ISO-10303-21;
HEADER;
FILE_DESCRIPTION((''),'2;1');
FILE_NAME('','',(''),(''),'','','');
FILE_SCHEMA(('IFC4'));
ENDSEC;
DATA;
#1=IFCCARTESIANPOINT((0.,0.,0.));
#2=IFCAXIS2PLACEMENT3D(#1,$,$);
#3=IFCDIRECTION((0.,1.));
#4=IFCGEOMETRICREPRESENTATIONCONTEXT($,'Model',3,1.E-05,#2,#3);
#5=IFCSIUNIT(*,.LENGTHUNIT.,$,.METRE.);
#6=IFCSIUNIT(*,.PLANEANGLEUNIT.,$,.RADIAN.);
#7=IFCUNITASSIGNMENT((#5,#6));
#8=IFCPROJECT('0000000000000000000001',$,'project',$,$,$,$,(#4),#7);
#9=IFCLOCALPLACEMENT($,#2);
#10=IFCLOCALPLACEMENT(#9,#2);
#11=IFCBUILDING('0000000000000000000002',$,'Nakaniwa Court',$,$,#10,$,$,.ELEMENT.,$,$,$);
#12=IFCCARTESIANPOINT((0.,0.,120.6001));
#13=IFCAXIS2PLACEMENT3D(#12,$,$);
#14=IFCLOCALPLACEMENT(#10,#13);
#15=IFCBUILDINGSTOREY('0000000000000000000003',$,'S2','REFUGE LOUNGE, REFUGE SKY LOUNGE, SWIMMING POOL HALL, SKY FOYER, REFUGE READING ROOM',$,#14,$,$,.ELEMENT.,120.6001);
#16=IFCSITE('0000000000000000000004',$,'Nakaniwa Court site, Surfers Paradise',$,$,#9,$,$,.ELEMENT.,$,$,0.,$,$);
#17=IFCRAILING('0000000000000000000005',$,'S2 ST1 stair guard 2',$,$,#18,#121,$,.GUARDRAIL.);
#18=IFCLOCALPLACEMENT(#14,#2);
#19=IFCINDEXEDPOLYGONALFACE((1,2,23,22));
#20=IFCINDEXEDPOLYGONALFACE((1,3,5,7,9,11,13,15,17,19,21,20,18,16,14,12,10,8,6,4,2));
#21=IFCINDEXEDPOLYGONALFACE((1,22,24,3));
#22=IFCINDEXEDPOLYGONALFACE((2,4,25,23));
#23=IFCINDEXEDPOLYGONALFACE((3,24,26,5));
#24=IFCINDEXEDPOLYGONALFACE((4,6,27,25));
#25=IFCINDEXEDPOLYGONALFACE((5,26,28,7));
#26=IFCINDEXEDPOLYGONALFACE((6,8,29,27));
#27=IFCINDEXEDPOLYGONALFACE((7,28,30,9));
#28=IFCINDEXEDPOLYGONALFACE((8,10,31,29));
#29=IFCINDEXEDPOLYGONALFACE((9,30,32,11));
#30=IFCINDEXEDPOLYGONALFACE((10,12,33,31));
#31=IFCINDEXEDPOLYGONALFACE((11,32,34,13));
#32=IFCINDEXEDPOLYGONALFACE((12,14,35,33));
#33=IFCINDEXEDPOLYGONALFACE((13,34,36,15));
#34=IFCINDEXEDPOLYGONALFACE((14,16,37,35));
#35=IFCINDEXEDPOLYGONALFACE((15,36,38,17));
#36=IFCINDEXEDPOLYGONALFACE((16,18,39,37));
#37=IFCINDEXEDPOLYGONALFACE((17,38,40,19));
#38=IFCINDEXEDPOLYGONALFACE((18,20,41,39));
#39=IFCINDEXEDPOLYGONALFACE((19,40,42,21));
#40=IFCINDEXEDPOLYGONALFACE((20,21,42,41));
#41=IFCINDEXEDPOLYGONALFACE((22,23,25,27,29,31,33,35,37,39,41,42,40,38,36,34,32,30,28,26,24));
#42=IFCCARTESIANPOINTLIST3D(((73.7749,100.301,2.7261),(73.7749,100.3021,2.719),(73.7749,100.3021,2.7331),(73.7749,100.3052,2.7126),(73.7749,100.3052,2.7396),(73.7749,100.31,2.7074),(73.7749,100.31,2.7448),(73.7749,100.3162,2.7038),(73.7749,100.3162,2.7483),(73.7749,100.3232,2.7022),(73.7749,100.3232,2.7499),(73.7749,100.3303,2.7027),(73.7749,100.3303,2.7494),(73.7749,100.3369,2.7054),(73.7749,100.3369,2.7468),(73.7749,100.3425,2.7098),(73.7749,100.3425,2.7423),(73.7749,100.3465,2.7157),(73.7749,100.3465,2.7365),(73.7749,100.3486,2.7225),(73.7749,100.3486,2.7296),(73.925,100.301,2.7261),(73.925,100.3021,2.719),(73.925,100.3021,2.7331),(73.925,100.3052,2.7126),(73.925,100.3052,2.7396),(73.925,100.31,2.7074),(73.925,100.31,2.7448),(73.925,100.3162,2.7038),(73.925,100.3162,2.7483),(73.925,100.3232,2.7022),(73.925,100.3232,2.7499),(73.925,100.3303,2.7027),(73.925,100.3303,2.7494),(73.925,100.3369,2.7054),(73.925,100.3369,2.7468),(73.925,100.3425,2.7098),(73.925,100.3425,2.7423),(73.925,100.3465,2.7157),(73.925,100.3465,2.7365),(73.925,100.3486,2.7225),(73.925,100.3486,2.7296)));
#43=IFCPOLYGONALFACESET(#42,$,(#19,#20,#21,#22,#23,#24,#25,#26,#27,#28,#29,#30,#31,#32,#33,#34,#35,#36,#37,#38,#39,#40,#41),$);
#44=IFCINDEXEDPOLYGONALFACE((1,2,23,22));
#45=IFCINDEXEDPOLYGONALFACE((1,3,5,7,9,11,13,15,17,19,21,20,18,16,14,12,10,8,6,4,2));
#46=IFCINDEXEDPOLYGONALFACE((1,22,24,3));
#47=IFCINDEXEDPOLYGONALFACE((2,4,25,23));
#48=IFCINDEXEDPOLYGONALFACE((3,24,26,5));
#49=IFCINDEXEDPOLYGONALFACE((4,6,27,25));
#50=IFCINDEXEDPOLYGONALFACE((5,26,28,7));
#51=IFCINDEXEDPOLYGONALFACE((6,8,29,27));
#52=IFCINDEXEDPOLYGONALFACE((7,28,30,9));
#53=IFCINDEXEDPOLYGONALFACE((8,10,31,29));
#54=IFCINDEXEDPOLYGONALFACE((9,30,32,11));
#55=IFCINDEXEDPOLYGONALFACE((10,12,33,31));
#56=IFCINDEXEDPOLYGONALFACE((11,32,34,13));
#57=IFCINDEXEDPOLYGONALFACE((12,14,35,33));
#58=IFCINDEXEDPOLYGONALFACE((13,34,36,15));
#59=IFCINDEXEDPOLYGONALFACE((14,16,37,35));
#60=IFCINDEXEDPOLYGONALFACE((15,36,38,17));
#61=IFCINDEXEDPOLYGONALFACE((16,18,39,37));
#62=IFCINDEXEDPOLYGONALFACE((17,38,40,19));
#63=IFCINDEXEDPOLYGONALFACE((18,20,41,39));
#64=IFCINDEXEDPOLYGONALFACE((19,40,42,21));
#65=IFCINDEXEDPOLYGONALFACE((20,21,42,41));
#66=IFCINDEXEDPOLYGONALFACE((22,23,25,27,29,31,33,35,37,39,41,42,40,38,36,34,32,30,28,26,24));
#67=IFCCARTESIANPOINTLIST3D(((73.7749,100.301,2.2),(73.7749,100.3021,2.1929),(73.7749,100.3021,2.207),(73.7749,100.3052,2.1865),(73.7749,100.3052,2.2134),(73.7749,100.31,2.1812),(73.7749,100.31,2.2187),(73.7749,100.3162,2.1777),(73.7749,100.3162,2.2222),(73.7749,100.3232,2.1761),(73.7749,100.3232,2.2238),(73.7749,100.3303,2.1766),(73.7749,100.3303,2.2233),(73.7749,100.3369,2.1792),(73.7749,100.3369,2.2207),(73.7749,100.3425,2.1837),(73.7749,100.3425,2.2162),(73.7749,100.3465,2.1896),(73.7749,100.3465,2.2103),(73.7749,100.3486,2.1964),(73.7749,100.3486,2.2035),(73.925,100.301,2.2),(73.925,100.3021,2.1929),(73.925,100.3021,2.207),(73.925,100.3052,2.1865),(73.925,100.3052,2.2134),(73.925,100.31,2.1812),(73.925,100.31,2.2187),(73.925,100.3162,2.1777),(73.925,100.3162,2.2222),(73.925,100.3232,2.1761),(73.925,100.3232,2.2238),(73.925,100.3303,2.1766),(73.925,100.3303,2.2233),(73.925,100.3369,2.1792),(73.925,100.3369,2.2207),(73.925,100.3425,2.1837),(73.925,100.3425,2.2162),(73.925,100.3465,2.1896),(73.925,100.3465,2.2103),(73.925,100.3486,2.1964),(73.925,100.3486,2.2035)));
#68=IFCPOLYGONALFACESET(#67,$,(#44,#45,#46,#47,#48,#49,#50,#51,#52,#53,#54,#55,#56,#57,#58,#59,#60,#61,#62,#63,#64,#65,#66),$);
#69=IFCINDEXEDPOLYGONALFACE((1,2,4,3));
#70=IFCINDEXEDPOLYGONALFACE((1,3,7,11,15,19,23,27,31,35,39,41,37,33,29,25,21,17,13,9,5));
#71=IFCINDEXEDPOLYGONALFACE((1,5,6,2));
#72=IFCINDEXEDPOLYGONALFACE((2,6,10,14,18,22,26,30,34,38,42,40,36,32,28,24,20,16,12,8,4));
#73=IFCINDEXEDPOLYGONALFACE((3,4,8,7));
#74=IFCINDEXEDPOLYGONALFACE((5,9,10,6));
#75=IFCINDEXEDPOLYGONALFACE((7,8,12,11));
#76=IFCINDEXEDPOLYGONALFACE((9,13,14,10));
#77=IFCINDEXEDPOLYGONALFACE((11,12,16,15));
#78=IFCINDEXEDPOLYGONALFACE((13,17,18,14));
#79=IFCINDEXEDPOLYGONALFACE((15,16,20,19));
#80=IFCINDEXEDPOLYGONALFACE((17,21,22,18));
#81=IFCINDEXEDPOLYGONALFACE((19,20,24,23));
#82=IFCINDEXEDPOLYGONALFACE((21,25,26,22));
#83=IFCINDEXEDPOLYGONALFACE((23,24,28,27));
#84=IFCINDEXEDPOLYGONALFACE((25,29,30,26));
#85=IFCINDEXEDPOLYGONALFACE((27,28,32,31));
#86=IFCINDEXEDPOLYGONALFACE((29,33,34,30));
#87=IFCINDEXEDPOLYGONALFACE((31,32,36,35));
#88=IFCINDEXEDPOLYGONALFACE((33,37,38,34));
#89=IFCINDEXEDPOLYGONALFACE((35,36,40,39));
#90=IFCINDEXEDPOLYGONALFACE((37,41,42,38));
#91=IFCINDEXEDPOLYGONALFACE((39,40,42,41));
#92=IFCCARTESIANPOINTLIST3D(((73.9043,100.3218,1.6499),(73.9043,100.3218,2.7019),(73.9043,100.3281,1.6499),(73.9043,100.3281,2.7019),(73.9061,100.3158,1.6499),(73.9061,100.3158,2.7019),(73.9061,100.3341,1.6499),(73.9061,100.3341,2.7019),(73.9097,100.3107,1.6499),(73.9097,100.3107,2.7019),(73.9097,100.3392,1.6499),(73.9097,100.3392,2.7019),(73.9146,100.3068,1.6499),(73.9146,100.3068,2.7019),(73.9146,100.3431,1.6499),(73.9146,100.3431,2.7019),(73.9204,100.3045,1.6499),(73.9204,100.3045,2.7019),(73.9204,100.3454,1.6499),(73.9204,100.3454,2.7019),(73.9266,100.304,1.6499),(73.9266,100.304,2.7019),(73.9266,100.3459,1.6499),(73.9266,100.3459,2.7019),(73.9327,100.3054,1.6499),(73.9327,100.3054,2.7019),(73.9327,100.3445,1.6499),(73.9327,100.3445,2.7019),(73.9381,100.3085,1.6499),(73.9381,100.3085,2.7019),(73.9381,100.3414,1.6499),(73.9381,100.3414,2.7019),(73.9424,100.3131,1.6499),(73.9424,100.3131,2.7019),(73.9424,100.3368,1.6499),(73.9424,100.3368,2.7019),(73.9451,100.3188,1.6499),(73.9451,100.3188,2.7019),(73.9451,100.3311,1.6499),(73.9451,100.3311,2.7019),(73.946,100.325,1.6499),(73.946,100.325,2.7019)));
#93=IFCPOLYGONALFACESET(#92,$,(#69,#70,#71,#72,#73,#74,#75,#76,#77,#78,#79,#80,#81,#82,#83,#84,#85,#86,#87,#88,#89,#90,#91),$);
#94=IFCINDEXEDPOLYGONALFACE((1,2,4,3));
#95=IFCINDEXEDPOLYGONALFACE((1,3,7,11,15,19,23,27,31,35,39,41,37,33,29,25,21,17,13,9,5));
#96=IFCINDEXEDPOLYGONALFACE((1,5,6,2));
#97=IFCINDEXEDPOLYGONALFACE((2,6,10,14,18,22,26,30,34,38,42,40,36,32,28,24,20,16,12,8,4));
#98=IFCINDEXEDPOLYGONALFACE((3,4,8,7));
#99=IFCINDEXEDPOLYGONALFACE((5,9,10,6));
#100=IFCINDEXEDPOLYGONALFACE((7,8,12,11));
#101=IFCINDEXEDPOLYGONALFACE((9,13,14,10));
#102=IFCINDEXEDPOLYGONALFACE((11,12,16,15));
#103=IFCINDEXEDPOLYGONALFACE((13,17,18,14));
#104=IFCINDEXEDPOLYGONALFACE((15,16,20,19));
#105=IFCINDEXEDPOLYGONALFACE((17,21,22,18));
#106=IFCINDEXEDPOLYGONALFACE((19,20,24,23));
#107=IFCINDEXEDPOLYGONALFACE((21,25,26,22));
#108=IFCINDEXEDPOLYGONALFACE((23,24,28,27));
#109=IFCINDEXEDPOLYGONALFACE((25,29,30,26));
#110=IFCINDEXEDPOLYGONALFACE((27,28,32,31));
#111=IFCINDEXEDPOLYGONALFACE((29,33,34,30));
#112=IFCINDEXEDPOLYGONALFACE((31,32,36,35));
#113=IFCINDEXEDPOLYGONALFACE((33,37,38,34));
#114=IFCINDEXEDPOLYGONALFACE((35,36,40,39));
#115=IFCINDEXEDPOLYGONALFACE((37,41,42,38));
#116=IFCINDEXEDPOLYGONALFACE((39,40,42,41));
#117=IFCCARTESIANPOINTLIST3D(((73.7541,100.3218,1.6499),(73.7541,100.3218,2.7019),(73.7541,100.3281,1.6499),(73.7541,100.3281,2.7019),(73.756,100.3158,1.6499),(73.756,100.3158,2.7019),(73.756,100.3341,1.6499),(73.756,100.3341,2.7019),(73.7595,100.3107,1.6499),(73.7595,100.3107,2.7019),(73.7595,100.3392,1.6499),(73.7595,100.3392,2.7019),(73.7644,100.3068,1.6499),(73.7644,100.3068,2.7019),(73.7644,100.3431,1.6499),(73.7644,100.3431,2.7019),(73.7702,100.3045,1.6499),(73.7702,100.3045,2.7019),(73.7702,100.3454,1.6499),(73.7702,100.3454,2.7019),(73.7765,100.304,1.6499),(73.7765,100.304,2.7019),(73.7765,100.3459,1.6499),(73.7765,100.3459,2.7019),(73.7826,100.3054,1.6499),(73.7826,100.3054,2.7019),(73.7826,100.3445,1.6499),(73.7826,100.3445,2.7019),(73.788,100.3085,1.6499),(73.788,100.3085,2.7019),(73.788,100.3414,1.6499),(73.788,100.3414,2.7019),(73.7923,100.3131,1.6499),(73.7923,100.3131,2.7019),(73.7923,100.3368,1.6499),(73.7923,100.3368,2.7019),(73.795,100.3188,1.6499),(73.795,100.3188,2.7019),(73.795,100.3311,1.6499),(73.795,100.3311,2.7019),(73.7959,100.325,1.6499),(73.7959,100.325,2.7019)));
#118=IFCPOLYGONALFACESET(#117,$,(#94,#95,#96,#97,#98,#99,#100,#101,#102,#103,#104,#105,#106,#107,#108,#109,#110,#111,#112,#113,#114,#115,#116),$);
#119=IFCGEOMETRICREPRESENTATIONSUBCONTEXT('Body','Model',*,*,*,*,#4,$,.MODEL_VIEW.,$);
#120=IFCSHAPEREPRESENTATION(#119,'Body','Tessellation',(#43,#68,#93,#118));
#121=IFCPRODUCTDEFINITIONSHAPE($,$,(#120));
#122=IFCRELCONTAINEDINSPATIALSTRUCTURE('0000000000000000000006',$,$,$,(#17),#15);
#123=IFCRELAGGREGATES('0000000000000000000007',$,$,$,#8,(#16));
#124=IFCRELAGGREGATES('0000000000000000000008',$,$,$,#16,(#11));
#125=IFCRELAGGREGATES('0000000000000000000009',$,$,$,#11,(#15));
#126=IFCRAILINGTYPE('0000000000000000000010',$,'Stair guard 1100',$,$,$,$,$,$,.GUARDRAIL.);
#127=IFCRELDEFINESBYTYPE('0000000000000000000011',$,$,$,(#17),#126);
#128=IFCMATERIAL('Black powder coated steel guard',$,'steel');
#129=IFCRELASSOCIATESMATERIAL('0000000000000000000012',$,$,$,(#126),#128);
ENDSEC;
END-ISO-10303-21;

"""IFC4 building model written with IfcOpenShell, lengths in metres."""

from ifc_helpers import new_model, si_unit, direction, frame, origin, origin_2d, place, context, subcontext, project, spatial, circle, extrude, material, type_object, element, save


model = new_model("IFC4")

# Units and contexts
model_context = context("Model", 3, precision=1e-05, world=origin(), true_north=direction((0.0, 1.0)))
body_context = subcontext(model_context, "Body", "Model", "MODEL_VIEW")
ifc_project = project(units=[si_unit("LENGTHUNIT", "METRE"), si_unit("PLANEANGLEUNIT", "RADIAN")], contexts=[model_context])

# Site, building, storey
site_placement = place(None, origin())
site = spatial("IfcSite", under=ifc_project, at=site_placement, Name="Nakaniwa Court site, Surfers Paradise", CompositionType="ELEMENT", RefElevation=0.0)
building_placement = place(site_placement, origin())
building = spatial("IfcBuilding", under=site, at=building_placement, Name="Nakaniwa Court", CompositionType="ELEMENT")
storey_placement = place(building_placement, frame((0.0, 0.0, 120.6001)))
storey = spatial("IfcBuildingStorey", under=building, at=storey_placement, Name="S2", Description="REFUGE LOUNGE, REFUGE SKY LOUNGE, SWIMMING POOL HALL, SKY FOYER, REFUGE READING ROOM", CompositionType="ELEMENT", Elevation=120.6001)

# Railing
ifc_material_1 = material(Name="Black powder coated steel guard", Category="steel")
railing_type_1 = type_object("IfcRailingType", Name="Stair guard 1100", PredefinedType="GUARDRAIL", material=ifc_material_1)
railing_1_placement = place(storey_placement, frame((73.925, 100.325, 1.6499)))
element("IfcRailing", 1, at=railing_1_placement, inside=storey, type_object=railing_type_1, Name="S2 ST1 stair guard 2", PredefinedType="GUARDRAIL", context=body_context, shape_type="SweptSolid", body=[
    extrude(circle(Radius=0.0239, at=origin_2d()), frame((0.0, 0.0, 1.0762), z_axis=(-1.0, 0.0, 0.0), x_axis=(0.0, -1.0, 0.0)), (0.0, 0.0, 1.0), 0.1501),
    extrude(circle(Radius=0.0239, at=origin_2d()), frame((0.0, 0.0, 0.55), z_axis=(-1.0, 0.0, 0.0), x_axis=(0.0, -1.0, 0.0)), (0.0, 0.0, 1.0), 0.1501),
    extrude(circle(Radius=0.021, at=origin_2d()), origin(), (0.0, 0.0, 1.0), 1.052),
    extrude(circle(Radius=0.021, at=origin_2d()), frame((-0.1501, 0.0, 0.0)), (0.0, 0.0, 1.0), 1.052),
])

save(model, "model.ifc")
